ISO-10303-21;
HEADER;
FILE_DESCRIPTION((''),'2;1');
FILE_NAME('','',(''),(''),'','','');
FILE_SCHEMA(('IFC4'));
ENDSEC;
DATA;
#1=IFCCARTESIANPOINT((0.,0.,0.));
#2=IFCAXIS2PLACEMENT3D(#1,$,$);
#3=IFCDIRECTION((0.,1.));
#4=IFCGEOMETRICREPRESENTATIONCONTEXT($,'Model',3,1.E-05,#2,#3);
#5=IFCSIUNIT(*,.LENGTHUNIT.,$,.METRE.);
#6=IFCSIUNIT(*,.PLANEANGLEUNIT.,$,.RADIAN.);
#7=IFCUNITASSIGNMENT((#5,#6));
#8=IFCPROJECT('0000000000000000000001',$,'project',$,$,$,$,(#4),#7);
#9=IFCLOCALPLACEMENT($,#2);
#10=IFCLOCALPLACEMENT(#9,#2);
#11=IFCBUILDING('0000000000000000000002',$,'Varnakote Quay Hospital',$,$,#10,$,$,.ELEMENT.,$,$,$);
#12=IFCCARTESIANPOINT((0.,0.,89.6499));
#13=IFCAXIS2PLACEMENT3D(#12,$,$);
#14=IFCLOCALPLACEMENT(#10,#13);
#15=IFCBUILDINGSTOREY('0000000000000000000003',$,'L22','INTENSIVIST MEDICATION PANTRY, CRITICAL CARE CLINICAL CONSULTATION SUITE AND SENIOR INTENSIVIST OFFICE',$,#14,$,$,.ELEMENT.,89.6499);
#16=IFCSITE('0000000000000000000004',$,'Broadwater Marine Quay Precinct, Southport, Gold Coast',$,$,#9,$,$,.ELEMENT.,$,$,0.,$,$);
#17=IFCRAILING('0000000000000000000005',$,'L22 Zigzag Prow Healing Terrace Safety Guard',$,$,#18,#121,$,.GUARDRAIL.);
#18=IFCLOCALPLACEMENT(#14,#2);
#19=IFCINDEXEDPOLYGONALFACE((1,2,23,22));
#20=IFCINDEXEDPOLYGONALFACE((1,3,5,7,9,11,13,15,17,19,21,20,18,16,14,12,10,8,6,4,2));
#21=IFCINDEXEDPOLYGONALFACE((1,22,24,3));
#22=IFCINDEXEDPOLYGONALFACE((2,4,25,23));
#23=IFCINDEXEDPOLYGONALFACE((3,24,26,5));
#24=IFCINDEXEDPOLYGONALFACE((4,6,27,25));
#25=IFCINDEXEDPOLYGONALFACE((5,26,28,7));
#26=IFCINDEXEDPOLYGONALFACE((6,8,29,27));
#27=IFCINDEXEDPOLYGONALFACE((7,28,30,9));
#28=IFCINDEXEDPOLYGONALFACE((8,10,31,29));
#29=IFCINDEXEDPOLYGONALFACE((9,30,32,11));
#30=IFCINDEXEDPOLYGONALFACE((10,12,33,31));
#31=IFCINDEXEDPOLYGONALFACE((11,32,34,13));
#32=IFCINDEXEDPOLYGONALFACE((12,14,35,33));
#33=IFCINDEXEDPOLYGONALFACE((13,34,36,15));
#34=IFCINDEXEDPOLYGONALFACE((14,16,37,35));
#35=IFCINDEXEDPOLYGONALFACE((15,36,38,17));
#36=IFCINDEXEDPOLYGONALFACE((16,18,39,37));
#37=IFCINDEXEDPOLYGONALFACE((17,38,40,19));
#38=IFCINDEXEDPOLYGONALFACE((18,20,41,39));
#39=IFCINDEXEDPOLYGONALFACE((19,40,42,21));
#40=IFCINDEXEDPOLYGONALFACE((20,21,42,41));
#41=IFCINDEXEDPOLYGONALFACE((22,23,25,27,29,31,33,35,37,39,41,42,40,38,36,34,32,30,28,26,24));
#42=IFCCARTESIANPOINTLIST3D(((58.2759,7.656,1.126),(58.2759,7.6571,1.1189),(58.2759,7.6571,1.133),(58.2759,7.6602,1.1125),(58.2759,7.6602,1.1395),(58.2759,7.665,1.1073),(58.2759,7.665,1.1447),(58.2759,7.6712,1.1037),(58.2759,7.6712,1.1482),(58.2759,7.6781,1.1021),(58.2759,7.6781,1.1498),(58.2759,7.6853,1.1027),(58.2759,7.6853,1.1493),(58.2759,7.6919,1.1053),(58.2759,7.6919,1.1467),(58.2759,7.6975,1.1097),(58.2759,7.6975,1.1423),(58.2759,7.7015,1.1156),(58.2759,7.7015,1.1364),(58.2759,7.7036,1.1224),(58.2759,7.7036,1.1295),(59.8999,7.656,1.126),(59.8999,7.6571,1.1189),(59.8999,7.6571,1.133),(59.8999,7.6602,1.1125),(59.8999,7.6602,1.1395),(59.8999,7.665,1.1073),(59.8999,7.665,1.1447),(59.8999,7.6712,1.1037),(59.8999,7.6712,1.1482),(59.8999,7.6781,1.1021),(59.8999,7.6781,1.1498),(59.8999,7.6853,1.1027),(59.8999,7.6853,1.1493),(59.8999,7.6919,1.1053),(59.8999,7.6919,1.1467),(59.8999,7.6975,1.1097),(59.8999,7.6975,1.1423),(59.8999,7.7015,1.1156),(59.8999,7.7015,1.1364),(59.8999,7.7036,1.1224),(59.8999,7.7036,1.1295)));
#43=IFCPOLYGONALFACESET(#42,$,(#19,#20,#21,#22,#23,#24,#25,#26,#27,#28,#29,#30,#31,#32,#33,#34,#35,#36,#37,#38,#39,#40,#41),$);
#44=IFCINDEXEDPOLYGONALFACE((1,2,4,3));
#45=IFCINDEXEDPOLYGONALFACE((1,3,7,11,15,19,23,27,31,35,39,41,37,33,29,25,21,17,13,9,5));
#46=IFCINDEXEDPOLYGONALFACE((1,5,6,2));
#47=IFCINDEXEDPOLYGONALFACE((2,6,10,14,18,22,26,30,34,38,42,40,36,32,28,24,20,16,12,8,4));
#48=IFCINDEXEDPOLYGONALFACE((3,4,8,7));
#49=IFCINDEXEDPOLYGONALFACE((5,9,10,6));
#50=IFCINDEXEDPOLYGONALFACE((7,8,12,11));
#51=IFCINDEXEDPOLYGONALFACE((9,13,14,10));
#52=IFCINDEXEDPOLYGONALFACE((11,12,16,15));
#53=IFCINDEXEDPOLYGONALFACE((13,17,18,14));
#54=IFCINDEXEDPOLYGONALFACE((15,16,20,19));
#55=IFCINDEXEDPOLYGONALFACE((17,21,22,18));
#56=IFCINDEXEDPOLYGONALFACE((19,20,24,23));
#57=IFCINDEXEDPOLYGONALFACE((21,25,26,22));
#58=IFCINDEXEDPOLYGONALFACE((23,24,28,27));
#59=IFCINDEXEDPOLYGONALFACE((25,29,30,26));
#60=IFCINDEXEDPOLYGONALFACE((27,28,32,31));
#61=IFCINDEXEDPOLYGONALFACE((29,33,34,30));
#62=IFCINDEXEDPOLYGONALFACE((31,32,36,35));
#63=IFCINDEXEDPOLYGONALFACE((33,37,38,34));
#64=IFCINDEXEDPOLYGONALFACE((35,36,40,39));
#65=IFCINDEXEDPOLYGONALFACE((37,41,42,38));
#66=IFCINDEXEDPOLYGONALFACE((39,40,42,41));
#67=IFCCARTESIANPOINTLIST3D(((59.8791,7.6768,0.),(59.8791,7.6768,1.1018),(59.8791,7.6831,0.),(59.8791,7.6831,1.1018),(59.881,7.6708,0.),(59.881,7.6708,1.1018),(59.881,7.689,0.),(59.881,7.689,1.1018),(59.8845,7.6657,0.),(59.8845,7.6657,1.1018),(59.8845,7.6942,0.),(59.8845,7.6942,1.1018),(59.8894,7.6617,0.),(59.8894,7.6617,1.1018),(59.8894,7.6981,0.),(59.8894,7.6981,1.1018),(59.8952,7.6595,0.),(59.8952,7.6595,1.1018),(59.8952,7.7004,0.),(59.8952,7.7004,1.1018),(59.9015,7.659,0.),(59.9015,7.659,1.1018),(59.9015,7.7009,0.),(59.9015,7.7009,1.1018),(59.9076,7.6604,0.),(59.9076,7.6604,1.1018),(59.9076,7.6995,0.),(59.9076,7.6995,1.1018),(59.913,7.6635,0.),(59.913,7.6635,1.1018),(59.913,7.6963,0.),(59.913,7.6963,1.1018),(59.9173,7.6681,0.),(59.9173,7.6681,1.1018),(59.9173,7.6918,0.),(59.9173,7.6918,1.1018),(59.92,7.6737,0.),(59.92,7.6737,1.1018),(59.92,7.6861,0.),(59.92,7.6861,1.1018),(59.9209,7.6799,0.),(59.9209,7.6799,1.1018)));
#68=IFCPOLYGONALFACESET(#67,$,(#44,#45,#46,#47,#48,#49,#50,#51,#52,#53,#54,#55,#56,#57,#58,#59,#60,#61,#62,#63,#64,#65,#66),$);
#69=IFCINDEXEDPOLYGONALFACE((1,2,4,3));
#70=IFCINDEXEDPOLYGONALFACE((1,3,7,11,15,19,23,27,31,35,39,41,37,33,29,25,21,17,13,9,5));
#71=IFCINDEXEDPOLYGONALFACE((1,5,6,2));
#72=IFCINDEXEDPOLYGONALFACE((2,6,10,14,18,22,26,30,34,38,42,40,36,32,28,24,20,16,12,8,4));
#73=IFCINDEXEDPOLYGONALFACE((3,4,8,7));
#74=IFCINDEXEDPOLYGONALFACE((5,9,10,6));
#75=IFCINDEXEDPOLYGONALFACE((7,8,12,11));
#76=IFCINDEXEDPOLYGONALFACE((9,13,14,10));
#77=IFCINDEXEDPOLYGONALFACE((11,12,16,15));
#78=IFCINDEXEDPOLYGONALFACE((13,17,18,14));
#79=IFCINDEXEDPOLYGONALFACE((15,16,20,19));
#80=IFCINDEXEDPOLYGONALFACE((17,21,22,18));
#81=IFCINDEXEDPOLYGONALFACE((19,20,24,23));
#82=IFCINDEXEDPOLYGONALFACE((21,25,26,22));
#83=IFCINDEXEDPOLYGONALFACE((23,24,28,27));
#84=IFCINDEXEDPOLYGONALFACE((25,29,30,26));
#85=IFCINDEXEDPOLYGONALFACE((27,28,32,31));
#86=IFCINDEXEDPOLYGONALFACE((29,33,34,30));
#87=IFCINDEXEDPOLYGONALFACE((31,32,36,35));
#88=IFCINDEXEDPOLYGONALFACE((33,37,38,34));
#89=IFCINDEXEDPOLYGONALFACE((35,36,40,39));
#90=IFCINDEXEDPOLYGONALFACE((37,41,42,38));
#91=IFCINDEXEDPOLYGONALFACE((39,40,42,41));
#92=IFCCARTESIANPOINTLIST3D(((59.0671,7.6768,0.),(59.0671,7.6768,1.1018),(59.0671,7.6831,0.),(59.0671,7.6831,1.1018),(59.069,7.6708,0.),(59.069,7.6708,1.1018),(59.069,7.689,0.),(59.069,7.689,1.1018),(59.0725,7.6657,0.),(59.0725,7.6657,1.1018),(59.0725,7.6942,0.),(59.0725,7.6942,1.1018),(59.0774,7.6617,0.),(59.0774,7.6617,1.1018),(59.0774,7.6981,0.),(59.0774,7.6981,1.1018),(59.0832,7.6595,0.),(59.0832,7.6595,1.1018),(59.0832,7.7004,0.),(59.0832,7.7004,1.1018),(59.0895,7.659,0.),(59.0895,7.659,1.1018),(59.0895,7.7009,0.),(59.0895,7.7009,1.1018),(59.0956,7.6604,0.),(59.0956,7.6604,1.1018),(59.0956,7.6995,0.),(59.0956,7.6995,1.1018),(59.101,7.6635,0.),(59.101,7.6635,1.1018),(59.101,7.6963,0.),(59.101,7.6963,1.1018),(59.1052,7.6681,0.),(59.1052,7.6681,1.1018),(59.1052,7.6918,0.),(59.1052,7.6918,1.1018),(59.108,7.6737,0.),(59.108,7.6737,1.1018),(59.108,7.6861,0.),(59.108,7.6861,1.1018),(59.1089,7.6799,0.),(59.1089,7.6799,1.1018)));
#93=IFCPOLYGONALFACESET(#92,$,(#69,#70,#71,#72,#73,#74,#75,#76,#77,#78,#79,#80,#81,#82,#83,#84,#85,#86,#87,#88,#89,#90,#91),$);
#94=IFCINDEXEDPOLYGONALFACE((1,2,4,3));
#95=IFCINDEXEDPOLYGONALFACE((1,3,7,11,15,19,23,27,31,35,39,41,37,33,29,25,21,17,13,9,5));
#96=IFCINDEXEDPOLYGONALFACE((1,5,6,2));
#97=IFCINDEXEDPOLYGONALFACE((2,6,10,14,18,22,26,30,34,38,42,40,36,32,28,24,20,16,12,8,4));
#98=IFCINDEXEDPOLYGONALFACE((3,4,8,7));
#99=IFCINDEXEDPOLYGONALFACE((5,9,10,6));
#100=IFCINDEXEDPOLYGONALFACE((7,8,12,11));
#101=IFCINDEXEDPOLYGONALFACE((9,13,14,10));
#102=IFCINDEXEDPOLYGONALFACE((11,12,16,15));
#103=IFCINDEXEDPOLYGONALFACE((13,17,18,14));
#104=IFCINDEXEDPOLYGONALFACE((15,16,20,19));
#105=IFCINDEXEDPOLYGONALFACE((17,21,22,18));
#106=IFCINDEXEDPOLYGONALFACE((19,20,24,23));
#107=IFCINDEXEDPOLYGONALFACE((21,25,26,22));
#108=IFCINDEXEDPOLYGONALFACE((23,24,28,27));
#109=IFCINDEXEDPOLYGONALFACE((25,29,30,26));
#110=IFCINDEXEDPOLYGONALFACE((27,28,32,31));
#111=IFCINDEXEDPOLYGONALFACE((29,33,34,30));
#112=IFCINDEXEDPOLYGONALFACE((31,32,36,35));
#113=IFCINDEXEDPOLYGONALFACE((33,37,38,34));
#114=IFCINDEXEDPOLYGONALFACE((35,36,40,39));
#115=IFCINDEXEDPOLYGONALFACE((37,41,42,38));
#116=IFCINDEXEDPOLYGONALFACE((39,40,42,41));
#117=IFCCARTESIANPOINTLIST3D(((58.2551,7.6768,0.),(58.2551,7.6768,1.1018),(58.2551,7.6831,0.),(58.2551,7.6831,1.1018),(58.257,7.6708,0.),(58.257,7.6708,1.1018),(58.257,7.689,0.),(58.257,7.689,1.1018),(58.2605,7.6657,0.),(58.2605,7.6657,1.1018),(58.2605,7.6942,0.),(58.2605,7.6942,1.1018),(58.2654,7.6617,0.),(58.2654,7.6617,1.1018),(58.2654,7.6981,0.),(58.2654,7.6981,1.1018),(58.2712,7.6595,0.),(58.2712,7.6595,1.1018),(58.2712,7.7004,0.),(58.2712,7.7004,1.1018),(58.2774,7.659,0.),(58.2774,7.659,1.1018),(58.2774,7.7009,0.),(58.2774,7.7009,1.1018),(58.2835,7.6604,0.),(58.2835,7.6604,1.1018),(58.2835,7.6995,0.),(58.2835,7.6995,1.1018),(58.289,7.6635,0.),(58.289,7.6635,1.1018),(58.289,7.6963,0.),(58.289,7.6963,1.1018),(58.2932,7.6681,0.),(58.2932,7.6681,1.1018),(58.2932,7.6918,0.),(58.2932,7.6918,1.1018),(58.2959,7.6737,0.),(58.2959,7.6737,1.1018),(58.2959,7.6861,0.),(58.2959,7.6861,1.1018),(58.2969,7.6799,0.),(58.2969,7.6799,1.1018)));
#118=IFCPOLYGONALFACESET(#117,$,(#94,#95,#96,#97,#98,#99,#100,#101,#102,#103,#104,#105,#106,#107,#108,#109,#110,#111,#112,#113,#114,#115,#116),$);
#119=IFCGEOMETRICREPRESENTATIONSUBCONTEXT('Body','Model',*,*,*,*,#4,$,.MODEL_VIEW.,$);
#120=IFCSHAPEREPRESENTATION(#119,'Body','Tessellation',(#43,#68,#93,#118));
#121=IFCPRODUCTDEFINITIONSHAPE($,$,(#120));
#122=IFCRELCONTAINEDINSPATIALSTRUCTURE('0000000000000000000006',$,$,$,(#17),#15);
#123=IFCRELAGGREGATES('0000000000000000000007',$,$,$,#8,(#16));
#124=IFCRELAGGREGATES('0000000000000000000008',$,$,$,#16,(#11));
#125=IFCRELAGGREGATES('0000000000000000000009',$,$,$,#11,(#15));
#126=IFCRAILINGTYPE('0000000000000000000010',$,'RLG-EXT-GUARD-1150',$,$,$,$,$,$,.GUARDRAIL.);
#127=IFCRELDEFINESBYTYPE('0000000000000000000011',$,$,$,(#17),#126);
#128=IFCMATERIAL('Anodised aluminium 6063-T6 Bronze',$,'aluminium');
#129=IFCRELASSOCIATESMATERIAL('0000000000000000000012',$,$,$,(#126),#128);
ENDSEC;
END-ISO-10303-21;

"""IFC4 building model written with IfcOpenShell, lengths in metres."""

from ifc_helpers import new_model, si_unit, direction, frame, origin, origin_2d, place, context, subcontext, project, spatial, circle, extrude, material, type_object, element, save


model = new_model("IFC4")

# Units and contexts
model_context = context("Model", 3, precision=1e-05, world=origin(), true_north=direction((0.0, 1.0)))
body_context = subcontext(model_context, "Body", "Model", "MODEL_VIEW")
ifc_project = project(units=[si_unit("LENGTHUNIT", "METRE"), si_unit("PLANEANGLEUNIT", "RADIAN")], contexts=[model_context])

# Site, building, storey
site_placement = place(None, origin())
site = spatial("IfcSite", under=ifc_project, at=site_placement, Name="Broadwater Marine Quay Precinct, Southport, Gold Coast", CompositionType="ELEMENT", RefElevation=0.0)
building_placement = place(site_placement, origin())
building = spatial("IfcBuilding", under=site, at=building_placement, Name="Varnakote Quay Hospital", CompositionType="ELEMENT")
storey_placement = place(building_placement, frame((0.0, 0.0, 89.6499)))
storey = spatial("IfcBuildingStorey", under=building, at=storey_placement, Name="L22", Description="INTENSIVIST MEDICATION PANTRY, CRITICAL CARE CLINICAL CONSULTATION SUITE AND SENIOR INTENSIVIST OFFICE", CompositionType="ELEMENT", Elevation=89.6499)

# Railing
ifc_material_1 = material(Name="Anodised aluminium 6063-T6 Bronze", Category="aluminium")
railing_type = type_object("IfcRailingType", Name="RLG-EXT-GUARD-1150", PredefinedType="GUARDRAIL", material=ifc_material_1)
railing_1_placement = place(storey_placement, frame((59.8999, 7.6799, 0.0)))
element("IfcRailing", 1, at=railing_1_placement, inside=storey, type_object=railing_type, Name="L22 Zigzag Prow Healing Terrace Safety Guard", PredefinedType="GUARDRAIL", context=body_context, shape_type="SweptSolid", body=[
    extrude(circle(Radius=0.0239, at=origin_2d()), frame((0.0, 0.0, 1.126), z_axis=(-1.0, 0.0, 0.0), x_axis=(0.0, -1.0, 0.0)), (0.0, 0.0, 1.0), 1.624),
    extrude(circle(Radius=0.021, at=origin_2d()), origin(), (0.0, 0.0, 1.0), 1.1018),
    extrude(circle(Radius=0.021, at=origin_2d()), frame((-0.812, 0.0, 0.0)), (0.0, 0.0, 1.0), 1.1018),
    extrude(circle(Radius=0.021, at=origin_2d()), frame((-1.624, 0.0, 0.0)), (0.0, 0.0, 1.0), 1.1018),
])

save(model, "model.ifc")
